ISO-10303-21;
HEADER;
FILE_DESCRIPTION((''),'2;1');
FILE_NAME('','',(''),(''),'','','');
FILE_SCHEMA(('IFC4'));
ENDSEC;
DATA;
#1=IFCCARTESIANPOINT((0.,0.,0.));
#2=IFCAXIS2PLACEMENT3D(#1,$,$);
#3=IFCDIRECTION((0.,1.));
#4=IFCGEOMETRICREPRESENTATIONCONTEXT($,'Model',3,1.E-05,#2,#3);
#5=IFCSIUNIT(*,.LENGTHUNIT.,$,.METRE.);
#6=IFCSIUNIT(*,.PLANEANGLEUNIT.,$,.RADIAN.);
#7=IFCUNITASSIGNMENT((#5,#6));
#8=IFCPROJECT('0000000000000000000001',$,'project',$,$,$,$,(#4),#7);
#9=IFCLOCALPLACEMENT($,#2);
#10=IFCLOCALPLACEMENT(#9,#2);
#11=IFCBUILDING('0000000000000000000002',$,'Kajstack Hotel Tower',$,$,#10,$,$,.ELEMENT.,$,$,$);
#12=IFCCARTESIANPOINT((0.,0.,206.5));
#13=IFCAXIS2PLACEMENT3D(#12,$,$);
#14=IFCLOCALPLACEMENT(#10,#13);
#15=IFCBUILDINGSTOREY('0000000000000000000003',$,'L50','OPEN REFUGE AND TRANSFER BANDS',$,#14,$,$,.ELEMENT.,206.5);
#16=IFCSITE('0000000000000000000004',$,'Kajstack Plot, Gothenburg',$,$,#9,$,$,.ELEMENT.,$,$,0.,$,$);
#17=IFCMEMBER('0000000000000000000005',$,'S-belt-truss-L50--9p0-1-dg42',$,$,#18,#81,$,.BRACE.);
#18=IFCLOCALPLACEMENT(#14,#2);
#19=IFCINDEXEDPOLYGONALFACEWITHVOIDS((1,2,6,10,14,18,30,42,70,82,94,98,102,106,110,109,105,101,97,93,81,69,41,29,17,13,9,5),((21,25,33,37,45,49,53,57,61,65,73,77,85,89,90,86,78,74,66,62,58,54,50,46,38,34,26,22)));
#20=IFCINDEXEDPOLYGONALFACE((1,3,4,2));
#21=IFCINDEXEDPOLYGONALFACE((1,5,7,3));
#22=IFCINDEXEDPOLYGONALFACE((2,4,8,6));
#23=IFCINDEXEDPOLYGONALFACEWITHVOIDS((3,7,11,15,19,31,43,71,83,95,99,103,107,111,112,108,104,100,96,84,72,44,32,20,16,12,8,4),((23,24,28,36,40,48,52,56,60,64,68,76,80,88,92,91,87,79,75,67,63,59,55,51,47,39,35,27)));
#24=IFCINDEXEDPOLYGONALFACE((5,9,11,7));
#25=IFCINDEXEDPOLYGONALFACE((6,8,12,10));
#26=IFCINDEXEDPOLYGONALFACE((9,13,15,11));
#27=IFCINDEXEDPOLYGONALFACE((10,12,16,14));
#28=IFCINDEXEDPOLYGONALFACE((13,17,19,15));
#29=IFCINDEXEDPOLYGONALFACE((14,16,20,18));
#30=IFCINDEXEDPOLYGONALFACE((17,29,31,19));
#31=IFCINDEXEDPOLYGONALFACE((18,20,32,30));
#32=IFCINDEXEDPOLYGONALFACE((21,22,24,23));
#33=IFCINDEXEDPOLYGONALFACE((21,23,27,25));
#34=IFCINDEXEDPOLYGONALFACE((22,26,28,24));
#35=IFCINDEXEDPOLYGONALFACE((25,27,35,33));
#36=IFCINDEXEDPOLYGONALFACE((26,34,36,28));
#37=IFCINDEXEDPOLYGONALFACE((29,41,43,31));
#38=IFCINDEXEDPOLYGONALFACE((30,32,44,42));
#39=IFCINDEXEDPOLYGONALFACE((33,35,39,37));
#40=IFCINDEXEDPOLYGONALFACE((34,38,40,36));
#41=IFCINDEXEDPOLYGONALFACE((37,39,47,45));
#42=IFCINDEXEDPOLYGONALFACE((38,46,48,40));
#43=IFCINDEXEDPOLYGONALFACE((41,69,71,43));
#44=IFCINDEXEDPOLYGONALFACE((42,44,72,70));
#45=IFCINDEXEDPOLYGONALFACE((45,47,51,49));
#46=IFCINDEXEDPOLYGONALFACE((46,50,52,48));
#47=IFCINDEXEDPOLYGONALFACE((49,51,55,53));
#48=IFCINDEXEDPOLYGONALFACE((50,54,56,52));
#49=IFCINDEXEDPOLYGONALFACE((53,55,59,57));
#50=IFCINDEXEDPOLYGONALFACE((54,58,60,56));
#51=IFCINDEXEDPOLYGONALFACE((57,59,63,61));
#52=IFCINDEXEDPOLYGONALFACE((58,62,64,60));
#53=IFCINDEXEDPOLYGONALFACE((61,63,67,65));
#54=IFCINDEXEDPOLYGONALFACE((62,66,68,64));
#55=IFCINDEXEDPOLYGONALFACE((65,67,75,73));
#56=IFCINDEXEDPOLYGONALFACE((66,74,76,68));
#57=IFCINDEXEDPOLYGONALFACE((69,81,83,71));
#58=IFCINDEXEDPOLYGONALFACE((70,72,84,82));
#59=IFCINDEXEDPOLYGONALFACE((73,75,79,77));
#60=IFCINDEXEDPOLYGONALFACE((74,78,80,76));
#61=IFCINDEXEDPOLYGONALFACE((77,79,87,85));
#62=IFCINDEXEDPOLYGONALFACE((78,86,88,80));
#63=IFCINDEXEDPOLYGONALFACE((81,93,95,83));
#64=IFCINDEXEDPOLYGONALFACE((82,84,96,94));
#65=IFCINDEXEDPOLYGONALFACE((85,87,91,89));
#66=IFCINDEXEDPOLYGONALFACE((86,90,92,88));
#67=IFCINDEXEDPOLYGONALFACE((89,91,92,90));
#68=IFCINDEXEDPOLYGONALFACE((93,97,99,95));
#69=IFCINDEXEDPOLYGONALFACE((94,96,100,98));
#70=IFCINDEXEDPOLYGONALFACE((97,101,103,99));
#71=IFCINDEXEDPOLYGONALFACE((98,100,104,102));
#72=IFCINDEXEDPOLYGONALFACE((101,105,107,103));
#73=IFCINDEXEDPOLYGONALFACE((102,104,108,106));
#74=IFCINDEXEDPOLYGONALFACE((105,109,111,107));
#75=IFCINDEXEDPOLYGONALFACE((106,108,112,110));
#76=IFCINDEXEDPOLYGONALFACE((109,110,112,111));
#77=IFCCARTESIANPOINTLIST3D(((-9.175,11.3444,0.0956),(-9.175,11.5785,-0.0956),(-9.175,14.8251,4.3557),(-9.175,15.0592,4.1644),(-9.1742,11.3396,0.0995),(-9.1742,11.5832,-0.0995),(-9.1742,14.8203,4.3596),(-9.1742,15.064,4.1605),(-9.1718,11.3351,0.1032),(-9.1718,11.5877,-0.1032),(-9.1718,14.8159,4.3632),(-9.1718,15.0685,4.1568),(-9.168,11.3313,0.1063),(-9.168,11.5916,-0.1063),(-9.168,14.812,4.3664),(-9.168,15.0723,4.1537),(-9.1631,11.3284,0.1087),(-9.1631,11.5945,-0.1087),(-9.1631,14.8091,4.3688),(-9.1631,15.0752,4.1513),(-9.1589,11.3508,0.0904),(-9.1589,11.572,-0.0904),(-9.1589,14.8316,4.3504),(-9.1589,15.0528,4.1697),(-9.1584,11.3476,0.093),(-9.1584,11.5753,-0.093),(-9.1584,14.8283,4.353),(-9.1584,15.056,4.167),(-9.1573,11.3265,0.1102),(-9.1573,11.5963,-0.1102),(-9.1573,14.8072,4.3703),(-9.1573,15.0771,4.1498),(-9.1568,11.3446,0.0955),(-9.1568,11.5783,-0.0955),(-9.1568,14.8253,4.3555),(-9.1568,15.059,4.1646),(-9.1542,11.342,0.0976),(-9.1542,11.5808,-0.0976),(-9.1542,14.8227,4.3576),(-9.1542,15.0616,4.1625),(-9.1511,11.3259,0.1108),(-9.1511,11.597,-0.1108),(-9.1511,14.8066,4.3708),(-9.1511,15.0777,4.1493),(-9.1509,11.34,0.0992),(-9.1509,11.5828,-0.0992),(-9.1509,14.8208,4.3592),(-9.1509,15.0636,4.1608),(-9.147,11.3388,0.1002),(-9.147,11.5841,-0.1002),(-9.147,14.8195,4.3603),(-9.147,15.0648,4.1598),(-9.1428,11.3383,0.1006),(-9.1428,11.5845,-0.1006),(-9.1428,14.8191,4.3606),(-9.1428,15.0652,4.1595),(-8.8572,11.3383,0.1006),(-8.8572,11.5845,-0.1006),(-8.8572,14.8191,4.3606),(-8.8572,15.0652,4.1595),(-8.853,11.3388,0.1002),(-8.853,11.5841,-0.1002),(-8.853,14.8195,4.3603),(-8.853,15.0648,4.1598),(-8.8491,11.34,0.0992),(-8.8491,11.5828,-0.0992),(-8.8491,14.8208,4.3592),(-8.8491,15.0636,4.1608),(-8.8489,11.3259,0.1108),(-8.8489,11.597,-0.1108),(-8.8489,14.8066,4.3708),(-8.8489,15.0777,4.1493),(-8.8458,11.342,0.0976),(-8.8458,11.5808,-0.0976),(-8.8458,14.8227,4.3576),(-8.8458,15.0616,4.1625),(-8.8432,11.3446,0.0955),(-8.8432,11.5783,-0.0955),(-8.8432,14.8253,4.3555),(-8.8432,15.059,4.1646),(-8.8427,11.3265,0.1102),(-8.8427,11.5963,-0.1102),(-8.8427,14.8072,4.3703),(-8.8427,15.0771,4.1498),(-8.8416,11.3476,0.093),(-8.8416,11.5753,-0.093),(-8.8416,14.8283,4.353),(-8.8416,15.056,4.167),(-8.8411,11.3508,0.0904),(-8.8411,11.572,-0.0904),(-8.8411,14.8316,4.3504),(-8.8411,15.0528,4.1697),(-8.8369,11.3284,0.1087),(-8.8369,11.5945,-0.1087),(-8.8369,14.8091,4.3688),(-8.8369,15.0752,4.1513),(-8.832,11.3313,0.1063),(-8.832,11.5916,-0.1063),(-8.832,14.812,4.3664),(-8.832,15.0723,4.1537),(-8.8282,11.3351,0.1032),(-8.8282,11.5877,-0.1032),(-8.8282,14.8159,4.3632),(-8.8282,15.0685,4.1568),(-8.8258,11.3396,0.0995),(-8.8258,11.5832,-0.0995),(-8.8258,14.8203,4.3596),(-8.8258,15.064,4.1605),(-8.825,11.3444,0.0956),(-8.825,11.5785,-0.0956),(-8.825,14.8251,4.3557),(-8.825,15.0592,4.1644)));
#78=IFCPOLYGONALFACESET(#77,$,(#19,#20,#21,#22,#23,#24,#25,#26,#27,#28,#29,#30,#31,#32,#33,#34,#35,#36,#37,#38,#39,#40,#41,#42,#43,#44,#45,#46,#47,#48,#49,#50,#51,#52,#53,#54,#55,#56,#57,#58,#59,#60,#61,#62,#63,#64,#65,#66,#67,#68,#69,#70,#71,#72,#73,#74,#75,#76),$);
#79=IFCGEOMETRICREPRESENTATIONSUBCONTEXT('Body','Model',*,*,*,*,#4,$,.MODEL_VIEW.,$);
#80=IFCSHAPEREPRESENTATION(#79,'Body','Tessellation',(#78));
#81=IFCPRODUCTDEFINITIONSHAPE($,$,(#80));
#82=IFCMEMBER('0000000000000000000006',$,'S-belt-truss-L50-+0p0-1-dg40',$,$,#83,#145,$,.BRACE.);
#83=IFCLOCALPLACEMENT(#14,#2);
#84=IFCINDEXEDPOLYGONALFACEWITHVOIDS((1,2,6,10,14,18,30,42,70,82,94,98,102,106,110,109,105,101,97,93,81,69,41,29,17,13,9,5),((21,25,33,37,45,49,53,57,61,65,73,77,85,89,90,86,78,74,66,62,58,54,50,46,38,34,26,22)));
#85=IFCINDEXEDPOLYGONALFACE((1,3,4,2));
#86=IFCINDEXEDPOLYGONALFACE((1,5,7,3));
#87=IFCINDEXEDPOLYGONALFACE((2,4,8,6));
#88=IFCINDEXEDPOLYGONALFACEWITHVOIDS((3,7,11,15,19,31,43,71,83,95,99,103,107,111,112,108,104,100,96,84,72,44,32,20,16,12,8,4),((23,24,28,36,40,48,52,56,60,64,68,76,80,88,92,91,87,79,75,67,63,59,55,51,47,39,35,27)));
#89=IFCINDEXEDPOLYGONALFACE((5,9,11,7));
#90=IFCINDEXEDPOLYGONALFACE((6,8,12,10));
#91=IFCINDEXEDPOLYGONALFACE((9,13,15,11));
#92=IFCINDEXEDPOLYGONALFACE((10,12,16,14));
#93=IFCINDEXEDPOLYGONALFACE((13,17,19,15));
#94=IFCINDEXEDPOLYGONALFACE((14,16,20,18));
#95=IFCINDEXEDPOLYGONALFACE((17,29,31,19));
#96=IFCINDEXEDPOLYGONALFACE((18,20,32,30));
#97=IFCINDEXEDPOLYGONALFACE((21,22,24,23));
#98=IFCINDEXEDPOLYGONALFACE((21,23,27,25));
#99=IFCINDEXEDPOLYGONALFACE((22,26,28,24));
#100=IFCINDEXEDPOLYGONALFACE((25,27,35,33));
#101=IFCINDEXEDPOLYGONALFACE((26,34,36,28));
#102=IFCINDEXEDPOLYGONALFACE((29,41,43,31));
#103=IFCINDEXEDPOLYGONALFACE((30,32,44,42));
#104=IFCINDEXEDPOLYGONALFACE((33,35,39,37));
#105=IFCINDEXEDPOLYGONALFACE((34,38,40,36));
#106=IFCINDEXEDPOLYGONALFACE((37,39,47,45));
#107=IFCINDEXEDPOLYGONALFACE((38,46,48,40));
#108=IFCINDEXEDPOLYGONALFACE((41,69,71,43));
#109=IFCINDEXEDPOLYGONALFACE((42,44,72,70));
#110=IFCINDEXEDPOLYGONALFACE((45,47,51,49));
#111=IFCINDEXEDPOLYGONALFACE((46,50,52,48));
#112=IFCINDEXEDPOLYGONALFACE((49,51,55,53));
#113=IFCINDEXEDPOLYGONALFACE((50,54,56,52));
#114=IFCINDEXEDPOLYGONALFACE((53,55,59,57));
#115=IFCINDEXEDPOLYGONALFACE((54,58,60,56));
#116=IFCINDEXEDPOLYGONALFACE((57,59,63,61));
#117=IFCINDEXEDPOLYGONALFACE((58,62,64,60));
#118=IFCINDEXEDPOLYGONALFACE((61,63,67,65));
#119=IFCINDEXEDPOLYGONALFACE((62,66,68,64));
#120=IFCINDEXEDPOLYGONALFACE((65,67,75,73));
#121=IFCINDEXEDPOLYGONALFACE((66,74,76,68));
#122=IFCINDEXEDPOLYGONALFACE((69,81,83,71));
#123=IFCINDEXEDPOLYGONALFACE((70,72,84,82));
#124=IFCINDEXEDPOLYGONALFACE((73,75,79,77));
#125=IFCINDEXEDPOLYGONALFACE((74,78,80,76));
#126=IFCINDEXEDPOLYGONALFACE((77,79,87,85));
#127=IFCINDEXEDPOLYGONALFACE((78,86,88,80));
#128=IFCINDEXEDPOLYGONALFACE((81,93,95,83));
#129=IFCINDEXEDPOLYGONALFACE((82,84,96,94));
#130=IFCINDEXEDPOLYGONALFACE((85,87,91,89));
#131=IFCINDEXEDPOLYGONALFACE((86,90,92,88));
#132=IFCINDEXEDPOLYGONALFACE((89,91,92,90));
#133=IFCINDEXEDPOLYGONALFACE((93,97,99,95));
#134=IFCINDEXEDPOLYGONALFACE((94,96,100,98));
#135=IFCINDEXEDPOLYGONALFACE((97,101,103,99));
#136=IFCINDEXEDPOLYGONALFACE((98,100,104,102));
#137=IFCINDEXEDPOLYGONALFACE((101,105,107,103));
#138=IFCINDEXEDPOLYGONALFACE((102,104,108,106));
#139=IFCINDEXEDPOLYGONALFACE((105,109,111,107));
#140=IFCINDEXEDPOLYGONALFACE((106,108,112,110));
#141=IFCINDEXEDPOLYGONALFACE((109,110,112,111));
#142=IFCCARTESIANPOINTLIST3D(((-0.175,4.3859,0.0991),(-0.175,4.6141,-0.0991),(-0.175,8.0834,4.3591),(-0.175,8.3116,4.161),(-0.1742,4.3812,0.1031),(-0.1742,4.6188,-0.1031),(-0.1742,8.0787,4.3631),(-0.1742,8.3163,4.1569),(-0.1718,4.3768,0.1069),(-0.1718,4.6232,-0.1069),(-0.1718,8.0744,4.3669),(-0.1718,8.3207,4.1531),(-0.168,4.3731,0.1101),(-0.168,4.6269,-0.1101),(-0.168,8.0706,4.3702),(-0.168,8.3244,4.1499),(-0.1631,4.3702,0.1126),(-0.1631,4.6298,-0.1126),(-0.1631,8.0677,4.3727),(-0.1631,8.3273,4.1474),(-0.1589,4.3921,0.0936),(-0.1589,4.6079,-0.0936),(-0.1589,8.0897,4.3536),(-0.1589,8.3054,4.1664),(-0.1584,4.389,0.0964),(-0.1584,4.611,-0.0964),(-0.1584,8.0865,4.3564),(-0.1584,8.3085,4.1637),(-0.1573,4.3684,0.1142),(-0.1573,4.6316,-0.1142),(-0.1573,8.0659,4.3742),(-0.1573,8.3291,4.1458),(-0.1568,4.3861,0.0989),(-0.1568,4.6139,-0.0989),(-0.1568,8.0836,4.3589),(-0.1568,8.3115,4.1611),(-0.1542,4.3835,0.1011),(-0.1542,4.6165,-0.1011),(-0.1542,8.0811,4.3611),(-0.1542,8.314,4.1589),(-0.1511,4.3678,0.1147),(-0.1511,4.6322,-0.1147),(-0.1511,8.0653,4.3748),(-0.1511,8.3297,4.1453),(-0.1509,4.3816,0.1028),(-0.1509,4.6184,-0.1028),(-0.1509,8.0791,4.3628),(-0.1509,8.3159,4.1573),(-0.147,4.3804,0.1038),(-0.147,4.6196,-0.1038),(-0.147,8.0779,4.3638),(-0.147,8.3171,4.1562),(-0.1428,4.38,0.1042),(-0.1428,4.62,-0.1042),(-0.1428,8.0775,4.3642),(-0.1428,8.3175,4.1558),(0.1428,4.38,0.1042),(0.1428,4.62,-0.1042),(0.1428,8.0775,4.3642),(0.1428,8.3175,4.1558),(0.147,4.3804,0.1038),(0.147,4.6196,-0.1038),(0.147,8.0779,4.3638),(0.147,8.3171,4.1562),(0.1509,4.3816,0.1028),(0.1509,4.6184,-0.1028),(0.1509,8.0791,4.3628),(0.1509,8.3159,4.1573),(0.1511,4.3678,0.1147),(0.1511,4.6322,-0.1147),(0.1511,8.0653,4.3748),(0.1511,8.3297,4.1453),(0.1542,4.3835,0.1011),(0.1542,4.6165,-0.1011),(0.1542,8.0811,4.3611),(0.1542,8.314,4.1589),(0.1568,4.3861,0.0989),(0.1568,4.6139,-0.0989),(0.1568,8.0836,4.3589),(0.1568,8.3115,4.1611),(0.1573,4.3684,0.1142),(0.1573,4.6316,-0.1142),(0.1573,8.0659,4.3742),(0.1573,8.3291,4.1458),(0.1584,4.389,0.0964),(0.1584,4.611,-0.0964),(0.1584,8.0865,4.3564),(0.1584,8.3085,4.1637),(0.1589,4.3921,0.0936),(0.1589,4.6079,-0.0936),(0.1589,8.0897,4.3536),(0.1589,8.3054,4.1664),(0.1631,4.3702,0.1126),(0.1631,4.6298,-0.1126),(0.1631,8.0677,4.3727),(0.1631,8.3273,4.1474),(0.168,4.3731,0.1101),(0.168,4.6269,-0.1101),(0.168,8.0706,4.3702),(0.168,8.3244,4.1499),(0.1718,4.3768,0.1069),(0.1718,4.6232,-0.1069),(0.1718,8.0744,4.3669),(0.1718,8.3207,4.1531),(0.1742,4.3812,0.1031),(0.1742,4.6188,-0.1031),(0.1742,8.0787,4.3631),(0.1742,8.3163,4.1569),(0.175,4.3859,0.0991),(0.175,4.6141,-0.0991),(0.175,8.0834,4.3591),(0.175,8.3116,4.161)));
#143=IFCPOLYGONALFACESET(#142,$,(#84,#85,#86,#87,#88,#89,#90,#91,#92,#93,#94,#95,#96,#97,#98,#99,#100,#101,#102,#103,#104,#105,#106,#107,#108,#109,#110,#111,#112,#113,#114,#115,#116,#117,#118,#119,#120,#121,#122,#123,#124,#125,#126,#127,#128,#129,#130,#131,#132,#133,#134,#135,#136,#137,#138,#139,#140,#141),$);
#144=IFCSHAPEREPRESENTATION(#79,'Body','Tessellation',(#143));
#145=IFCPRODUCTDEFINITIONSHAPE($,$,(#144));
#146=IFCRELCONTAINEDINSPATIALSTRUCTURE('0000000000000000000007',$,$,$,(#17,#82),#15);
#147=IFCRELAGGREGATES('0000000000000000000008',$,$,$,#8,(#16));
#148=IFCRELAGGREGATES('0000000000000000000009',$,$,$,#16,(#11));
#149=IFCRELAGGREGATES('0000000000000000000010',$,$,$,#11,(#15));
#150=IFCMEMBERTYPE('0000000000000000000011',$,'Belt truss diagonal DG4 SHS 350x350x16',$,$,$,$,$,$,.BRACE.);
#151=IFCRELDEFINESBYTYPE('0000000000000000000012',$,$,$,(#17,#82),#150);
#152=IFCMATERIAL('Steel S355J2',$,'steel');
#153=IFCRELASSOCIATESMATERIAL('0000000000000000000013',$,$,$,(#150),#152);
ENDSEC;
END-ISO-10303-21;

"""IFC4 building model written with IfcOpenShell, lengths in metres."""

from ifc_helpers import new_model, si_unit, direction, frame, origin, origin_2d, place, context, subcontext, project, spatial, hollow_rectangle, extrude, material, material_profile, profile_set, type_object, element, save


model = new_model("IFC4")

# Units and contexts
model_context = context("Model", 3, precision=1e-05, world=origin(), true_north=direction((0.0, 1.0)))
body_context = subcontext(model_context, "Body", "Model", "MODEL_VIEW")
ifc_project = project(units=[si_unit("LENGTHUNIT", "METRE"), si_unit("PLANEANGLEUNIT", "RADIAN")], contexts=[model_context])

# Site, building, storey
site_placement = place(None, origin())
site = spatial("IfcSite", under=ifc_project, at=site_placement, Name="Kajstack Plot, Gothenburg", CompositionType="ELEMENT", RefElevation=0.0)
building_placement = place(site_placement, origin())
building = spatial("IfcBuilding", under=site, at=building_placement, Name="Kajstack Hotel Tower", CompositionType="ELEMENT")
storey_placement = place(building_placement, frame((0.0, 0.0, 206.5)))
storey = spatial("IfcBuildingStorey", under=building, at=storey_placement, Name="L50", Description="OPEN REFUGE AND TRANSFER BANDS", CompositionType="ELEMENT", Elevation=206.5)

# Members
ifc_material = material(Name="Steel S355J2", Category="steel")
ifc_material_profile_1 = material_profile(ifc_material, hollow_rectangle(XDim=0.3501, YDim=0.3501, WallThickness=0.0161, InnerFilletRadius=0.0161, OuterFilletRadius=0.0239, at=origin_2d()), Name="SHS 350x350x16")
ifc_profile_set_1 = profile_set([ifc_material_profile_1], Name="Steel S355J2")
member_type_1 = type_object("IfcMemberType", Name="Belt truss diagonal DG4 SHS 350x350x16", PredefinedType="BRACE", material=ifc_profile_set_1)
for number, where, z_axis, x_axis, name in (
    (1, (-9.0, 11.4614, 0.0), (0.0, 0.63272, 0.77438), (-1.0, 0.0, 0.0), "S-belt-truss-L50--9p0-1-dg42"),
):
    element("IfcMember", number, at=place(storey_placement, frame(where, z_axis=z_axis, x_axis=x_axis)), inside=storey, type_object=member_type_1, Name=name, PredefinedType="BRACE", context=body_context, shape_type="SweptSolid", body=[
        extrude(hollow_rectangle(XDim=0.3501, YDim=0.3501, WallThickness=0.0161, InnerFilletRadius=0.0161, OuterFilletRadius=0.0239, at=origin_2d()), origin(), (0.0, 0.0, 1.0), 5.5012),
    ])
member_1_placement = place(storey_placement, frame((0.0, 4.5, 0.0), z_axis=(0.0, 0.655487, 0.755206), x_axis=(-1.0, 0.0, 0.0)))
element("IfcMember", 2, at=member_1_placement, inside=storey, type_object=member_type_1, Name="S-belt-truss-L50-+0p0-1-dg40", PredefinedType="BRACE", context=body_context, shape_type="SweptSolid", body=[
    extrude(hollow_rectangle(XDim=0.3501, YDim=0.3501, WallThickness=0.0161, InnerFilletRadius=0.0161, OuterFilletRadius=0.0239, at=origin_2d()), origin(), (0.0, 0.0, 1.0), 5.6409),
])

save(model, "model.ifc")
